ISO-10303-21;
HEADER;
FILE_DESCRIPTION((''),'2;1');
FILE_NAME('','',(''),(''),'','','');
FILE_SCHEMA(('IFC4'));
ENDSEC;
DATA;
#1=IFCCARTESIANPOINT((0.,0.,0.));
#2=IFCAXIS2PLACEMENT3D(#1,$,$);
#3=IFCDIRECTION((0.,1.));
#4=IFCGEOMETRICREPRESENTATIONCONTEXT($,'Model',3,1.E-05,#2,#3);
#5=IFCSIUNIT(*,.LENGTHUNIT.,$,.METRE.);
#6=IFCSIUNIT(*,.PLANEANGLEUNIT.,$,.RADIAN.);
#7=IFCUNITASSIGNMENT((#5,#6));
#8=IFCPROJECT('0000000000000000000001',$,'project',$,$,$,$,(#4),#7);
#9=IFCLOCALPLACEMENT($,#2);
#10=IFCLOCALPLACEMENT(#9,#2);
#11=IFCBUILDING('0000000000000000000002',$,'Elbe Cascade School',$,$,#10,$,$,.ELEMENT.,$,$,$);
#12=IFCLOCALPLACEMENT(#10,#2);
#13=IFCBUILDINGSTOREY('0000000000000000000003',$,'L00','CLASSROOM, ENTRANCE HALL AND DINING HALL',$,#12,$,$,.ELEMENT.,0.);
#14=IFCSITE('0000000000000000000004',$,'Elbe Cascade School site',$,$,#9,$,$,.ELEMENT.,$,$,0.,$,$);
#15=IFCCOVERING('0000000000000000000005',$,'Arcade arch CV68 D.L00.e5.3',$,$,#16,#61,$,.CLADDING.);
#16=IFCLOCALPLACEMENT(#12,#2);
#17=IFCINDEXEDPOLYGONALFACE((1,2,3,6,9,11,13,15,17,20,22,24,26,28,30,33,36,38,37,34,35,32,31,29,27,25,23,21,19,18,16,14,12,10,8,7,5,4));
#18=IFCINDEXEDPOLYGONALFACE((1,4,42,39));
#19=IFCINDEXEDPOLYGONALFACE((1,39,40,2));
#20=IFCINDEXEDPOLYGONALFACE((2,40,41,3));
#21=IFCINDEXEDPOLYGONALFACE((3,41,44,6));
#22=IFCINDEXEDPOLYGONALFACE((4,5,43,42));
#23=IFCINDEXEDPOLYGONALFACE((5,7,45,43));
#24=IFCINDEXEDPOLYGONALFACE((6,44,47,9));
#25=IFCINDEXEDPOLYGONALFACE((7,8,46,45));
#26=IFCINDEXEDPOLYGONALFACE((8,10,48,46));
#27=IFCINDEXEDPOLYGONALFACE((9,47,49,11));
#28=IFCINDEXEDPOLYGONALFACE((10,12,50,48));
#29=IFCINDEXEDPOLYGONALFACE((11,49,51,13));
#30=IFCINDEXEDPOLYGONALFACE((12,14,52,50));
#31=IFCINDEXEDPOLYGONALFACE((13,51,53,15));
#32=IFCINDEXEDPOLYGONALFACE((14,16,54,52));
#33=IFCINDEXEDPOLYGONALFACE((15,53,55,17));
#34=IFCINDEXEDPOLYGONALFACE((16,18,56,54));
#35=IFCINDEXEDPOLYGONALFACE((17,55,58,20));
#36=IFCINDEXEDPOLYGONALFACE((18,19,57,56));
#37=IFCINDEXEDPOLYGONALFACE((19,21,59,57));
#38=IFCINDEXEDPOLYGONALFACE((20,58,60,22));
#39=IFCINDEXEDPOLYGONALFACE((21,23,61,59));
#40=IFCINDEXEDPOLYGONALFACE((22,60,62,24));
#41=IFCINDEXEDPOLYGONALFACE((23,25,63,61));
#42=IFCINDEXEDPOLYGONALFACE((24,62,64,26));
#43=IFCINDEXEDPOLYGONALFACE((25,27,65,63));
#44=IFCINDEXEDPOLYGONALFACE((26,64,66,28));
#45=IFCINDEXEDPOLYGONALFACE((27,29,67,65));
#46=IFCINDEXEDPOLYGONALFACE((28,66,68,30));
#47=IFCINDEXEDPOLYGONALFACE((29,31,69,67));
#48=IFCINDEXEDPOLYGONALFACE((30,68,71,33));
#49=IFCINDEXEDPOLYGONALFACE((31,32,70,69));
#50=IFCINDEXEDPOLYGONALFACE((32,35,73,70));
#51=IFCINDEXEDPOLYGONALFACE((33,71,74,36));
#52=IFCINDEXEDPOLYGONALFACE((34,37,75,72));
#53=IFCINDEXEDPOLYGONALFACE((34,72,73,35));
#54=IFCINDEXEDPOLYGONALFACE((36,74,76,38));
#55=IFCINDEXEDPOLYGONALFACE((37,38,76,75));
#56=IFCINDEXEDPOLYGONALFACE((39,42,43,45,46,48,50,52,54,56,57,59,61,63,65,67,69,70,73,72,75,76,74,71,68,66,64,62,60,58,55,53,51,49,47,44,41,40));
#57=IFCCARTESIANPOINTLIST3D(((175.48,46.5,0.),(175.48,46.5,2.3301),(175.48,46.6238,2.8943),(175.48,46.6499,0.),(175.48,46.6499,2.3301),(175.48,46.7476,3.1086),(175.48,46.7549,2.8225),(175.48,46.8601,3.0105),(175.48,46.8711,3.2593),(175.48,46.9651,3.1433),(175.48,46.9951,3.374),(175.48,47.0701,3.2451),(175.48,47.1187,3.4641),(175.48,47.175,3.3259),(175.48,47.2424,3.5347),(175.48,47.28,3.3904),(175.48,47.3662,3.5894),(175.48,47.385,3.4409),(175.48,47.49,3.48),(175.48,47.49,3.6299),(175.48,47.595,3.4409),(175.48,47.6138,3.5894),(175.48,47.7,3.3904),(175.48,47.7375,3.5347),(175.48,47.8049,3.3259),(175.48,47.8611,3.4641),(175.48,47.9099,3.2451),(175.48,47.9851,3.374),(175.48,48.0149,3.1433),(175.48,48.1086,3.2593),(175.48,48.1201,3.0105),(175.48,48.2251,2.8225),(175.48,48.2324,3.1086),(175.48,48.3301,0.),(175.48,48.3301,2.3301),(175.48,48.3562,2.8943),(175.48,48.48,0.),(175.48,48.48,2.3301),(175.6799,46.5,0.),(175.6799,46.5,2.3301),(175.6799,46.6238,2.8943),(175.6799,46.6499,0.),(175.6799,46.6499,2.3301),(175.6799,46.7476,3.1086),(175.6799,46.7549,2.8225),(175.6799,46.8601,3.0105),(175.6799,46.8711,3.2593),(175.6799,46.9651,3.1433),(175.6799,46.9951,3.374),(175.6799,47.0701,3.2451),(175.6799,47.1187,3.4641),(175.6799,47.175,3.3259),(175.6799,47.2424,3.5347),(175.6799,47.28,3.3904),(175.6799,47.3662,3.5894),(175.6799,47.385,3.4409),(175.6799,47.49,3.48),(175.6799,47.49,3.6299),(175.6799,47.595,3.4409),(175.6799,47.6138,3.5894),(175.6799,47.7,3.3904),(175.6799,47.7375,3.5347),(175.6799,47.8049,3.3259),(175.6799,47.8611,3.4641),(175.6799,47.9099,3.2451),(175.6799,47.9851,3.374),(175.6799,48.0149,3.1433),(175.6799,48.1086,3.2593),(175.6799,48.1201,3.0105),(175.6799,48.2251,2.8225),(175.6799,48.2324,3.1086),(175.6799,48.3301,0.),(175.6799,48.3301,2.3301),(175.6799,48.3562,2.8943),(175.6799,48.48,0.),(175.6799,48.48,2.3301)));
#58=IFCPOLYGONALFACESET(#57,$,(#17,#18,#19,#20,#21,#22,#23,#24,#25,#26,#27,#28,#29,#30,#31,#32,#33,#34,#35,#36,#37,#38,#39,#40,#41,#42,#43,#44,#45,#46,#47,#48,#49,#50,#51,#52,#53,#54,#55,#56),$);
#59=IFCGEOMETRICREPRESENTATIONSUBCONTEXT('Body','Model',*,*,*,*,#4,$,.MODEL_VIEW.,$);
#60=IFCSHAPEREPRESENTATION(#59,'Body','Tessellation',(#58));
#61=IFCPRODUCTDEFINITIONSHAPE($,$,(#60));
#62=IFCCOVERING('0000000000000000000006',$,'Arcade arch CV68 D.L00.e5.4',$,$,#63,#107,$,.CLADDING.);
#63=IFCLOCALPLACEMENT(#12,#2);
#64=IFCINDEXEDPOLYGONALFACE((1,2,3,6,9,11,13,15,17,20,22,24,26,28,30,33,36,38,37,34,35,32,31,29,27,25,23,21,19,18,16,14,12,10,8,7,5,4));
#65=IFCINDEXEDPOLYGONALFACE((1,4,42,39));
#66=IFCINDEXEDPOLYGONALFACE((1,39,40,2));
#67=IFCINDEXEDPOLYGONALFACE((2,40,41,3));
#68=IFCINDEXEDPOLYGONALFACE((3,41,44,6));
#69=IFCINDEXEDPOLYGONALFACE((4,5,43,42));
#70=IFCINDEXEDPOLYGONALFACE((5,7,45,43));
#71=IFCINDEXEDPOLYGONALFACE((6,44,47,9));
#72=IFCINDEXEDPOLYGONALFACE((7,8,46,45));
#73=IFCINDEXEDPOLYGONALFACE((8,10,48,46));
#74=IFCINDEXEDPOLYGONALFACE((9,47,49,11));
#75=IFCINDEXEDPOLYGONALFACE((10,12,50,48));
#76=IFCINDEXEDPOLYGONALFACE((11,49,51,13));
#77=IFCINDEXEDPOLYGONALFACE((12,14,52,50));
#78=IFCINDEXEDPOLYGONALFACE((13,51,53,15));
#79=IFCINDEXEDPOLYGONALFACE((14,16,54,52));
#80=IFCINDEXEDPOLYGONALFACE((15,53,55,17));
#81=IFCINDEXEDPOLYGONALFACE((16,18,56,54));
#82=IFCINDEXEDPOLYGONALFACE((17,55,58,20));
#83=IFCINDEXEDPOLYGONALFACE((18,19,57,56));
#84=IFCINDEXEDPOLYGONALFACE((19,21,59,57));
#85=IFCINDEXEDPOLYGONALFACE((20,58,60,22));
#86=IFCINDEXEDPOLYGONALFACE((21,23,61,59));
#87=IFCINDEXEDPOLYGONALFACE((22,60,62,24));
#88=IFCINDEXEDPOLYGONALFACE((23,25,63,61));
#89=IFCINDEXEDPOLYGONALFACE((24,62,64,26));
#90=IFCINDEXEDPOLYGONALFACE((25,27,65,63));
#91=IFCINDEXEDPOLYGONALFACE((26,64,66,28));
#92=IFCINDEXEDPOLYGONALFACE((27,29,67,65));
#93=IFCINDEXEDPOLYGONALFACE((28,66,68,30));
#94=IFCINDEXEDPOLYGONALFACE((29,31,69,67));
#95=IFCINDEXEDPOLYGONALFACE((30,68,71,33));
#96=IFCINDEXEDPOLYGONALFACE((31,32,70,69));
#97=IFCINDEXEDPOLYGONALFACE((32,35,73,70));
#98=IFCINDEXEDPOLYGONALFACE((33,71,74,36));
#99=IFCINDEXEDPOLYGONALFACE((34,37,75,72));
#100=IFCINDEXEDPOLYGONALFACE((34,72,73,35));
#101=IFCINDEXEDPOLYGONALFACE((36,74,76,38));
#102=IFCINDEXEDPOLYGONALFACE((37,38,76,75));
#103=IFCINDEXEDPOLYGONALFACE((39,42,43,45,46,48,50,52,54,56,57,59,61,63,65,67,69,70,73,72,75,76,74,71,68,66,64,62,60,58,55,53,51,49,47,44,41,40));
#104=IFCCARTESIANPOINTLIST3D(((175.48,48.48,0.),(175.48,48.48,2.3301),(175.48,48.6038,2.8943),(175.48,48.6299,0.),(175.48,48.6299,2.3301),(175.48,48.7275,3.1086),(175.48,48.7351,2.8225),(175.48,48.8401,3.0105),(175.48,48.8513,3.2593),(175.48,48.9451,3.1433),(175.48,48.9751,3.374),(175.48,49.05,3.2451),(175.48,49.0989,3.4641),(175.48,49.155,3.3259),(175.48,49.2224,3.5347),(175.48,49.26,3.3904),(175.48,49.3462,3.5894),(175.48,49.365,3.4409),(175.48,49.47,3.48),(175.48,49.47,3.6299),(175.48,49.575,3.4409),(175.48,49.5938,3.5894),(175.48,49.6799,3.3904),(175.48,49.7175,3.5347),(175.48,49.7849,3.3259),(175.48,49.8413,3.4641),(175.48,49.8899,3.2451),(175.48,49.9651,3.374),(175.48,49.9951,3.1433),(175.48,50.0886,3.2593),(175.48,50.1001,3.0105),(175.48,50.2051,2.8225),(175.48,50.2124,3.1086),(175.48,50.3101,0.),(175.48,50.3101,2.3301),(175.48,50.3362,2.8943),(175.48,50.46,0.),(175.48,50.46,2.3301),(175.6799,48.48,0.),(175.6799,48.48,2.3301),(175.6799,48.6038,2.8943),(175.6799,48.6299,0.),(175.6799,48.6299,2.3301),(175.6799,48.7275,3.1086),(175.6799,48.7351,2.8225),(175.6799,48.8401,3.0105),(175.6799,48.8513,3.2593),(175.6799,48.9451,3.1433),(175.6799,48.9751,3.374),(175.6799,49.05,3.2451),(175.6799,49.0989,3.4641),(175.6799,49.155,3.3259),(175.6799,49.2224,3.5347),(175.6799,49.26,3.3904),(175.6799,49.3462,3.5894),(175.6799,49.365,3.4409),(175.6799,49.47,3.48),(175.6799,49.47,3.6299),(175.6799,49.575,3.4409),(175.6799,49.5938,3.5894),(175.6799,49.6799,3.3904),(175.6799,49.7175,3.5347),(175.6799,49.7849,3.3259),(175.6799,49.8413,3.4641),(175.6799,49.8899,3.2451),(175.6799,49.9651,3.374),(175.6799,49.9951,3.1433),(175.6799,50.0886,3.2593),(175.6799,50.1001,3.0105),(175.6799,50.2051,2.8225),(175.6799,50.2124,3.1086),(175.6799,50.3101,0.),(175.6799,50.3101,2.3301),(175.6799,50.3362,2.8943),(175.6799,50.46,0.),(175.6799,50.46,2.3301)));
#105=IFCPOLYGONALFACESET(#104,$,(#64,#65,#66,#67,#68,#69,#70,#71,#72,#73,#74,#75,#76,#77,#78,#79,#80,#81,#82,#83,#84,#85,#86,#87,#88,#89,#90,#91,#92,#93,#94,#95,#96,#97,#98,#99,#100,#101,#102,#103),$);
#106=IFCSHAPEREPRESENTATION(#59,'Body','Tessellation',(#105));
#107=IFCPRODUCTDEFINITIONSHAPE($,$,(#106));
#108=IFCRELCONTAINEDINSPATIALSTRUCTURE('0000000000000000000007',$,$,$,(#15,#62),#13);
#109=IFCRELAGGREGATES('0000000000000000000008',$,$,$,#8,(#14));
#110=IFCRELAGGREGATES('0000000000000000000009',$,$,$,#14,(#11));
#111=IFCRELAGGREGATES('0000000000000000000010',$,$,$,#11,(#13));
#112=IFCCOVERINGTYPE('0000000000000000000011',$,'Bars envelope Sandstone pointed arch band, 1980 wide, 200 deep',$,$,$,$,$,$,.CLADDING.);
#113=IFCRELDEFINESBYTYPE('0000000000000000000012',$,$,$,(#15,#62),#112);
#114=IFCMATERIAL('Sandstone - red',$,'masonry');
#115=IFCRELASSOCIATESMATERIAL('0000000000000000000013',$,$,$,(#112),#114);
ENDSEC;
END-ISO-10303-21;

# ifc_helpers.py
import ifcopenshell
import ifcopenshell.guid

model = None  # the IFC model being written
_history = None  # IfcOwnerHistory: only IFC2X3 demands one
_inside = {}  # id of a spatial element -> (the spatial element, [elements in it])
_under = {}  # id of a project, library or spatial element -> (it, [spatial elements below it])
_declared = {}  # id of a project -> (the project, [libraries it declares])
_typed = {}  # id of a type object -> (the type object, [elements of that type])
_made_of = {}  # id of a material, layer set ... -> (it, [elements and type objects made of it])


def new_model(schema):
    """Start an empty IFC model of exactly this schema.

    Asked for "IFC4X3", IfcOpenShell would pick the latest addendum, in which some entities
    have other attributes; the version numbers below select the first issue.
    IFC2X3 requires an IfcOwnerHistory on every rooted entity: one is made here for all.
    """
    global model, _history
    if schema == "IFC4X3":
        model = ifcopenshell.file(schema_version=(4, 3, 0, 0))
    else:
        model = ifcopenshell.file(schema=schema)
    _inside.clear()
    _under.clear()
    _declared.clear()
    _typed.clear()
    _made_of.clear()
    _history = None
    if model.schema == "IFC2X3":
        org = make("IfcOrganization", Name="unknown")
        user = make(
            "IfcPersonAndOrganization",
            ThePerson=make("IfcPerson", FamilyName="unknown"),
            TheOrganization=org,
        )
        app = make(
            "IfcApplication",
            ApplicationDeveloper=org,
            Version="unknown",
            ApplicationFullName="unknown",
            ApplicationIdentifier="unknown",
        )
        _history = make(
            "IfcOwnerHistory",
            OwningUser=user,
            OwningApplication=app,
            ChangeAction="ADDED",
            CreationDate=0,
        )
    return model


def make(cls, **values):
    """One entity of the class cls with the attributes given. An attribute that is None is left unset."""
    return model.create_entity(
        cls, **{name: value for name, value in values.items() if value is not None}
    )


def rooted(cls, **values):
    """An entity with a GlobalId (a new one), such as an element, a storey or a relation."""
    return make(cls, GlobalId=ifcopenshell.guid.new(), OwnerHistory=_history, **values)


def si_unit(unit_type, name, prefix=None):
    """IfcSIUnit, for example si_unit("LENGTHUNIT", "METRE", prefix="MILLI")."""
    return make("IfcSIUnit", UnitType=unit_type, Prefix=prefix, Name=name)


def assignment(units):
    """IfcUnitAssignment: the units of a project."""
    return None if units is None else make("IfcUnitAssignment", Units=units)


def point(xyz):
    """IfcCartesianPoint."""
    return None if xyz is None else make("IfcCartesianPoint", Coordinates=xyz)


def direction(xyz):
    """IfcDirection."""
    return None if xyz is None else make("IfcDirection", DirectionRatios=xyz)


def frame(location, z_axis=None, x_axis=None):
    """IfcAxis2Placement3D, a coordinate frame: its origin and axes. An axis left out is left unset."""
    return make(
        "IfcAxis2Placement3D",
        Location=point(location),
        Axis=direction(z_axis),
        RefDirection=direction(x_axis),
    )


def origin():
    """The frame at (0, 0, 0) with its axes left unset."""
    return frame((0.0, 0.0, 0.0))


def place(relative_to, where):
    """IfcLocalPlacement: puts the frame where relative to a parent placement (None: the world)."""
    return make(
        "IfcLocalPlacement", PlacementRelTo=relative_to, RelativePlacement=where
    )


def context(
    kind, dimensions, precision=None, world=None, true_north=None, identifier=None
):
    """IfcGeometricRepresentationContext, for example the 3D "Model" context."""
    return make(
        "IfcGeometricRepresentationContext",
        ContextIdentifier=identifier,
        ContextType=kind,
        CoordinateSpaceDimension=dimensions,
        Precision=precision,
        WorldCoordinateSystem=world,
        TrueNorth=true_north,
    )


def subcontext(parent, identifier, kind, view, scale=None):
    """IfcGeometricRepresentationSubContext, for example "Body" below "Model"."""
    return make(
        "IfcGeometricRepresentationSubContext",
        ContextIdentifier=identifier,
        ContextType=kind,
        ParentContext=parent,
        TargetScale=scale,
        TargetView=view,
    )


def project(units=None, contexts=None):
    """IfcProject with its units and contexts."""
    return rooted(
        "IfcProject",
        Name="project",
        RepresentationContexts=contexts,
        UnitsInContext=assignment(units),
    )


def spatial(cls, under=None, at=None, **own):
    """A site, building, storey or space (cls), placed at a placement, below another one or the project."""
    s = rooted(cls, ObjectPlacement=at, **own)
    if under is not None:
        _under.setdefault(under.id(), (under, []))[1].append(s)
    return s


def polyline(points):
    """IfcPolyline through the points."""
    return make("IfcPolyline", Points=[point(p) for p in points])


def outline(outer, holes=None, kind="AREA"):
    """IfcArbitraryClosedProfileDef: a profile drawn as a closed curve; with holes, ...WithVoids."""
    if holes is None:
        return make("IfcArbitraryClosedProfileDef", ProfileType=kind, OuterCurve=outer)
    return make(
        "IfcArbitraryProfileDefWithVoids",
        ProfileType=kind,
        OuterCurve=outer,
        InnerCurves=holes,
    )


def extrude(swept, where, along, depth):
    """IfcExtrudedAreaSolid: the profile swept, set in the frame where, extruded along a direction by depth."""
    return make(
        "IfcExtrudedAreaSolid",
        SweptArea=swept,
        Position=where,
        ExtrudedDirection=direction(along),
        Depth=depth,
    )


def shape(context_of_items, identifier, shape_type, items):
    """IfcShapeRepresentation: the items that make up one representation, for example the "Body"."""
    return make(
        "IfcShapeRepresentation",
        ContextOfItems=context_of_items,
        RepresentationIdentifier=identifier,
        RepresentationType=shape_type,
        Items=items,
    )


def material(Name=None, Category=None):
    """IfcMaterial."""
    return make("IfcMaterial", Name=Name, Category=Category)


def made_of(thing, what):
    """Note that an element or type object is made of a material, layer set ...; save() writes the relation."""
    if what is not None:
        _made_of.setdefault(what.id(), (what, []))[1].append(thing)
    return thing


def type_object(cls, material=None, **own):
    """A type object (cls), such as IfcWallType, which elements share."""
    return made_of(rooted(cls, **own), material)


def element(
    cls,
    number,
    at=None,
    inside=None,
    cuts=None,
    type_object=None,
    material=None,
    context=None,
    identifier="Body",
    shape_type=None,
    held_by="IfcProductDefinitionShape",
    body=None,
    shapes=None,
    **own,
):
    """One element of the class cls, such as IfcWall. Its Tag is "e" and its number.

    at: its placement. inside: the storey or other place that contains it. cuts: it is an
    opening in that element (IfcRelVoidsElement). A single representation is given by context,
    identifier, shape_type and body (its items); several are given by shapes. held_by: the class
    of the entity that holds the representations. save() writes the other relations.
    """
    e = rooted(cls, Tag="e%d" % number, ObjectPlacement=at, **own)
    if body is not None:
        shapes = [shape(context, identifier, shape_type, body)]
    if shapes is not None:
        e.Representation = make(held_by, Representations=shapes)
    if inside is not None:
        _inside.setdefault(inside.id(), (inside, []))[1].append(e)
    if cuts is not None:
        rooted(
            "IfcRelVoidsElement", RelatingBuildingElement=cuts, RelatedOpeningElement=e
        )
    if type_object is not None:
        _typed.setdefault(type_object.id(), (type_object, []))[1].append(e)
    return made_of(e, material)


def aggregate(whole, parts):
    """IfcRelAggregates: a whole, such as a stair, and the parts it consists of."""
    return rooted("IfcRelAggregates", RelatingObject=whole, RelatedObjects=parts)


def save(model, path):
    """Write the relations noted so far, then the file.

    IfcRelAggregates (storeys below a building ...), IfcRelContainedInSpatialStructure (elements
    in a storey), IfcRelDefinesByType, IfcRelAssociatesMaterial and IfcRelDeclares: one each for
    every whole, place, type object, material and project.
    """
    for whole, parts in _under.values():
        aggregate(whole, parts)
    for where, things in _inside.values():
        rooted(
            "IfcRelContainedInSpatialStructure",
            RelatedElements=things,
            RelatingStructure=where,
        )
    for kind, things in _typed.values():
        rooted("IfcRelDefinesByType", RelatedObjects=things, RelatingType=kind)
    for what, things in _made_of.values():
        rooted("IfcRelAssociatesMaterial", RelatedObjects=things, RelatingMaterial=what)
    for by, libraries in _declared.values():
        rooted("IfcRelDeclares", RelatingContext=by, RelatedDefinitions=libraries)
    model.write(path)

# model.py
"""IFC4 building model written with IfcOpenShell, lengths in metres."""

from ifc_helpers import new_model, si_unit, direction, frame, origin, place, context, subcontext, project, spatial, polyline, outline, extrude, material, type_object, element, save


model = new_model("IFC4")

# Units and contexts
model_context = context("Model", 3, precision=1e-05, world=origin(), true_north=direction((0.0, 1.0)))
body_context = subcontext(model_context, "Body", "Model", "MODEL_VIEW")
ifc_project = project(units=[si_unit("LENGTHUNIT", "METRE"), si_unit("PLANEANGLEUNIT", "RADIAN")], contexts=[model_context])

# Site, building, storey
site_placement = place(None, origin())
site = spatial("IfcSite", under=ifc_project, at=site_placement, Name="Elbe Cascade School site", CompositionType="ELEMENT", RefElevation=0.0)
building_placement = place(site_placement, origin())
building = spatial("IfcBuilding", under=site, at=building_placement, Name="Elbe Cascade School", CompositionType="ELEMENT")
storey_placement = place(building_placement, origin())
storey = spatial("IfcBuildingStorey", under=building, at=storey_placement, Name="L00", Description="CLASSROOM, ENTRANCE HALL AND DINING HALL", CompositionType="ELEMENT", Elevation=0.0)

# Coverings
ifc_material_1 = material(Name="Sandstone - red", Category="masonry")
covering_type_1 = type_object("IfcCoveringType", Name="Bars envelope Sandstone pointed arch band, 1980 wide, 200 deep", PredefinedType="CLADDING", material=ifc_material_1)
covering_1_placement = place(storey_placement, frame((175.6799, 46.6499, 0.0), z_axis=(1.0, 0.0, 0.0), x_axis=(0.0, 0.0, 1.0)))
element("IfcCovering", 1, at=covering_1_placement, inside=storey, type_object=covering_type_1, Name="Arcade arch CV68 D.L00.e5.3", PredefinedType="CLADDING", context=body_context, shape_type="SweptSolid", body=[
    extrude(outline(polyline([(0.0, 0.0), (2.3301, 0.0), (2.8225, -0.105), (3.0105, -0.2102), (3.1433, -0.3152), (3.2451, -0.4202), (3.3259, -0.5251), (3.3904, -0.6301), (3.4409, -0.7351), (3.48, -0.8401), (3.4409, -0.9451), (3.3904, -1.05), (3.3259, -1.155), (3.2451, -1.26), (3.1433, -1.365), (3.0105, -1.4702), (2.8225, -1.5752), (2.3301, -1.6802), (0.0, -1.6802), (0.0, -1.8301), (2.3301, -1.8301), (2.8943, -1.7063), (3.1086, -1.5825), (3.2593, -1.4587), (3.374, -1.3352), (3.4641, -1.2112), (3.5347, -1.0876), (3.5894, -0.9639), (3.6299, -0.8401), (3.5894, -0.7163), (3.5347, -0.5925), (3.4641, -0.4688), (3.374, -0.3452), (3.2593, -0.2212), (3.1086, -0.0977), (2.8943, 0.0261), (2.3301, 0.1499), (0.0, 0.1499), (0.0, 0.0)])), origin(), (0.0, 0.0, -1.0), 0.2),
])
covering_2_placement = place(storey_placement, frame((175.6799, 48.6299, 0.0), z_axis=(1.0, 0.0, 0.0), x_axis=(0.0, 0.0, 1.0)))
element("IfcCovering", 2, at=covering_2_placement, inside=storey, type_object=covering_type_1, Name="Arcade arch CV68 D.L00.e5.4", PredefinedType="CLADDING", context=body_context, shape_type="SweptSolid", body=[
    extrude(outline(polyline([(0.0, 0.0), (2.3301, 0.0), (2.8225, -0.1052), (3.0105, -0.2102), (3.1433, -0.3152), (3.2451, -0.4202), (3.3259, -0.5251), (3.3904, -0.6301), (3.4409, -0.7351), (3.48, -0.8401), (3.4409, -0.9451), (3.3904, -1.05), (3.3259, -1.155), (3.2451, -1.26), (3.1433, -1.3652), (3.0105, -1.4702), (2.8225, -1.5752), (2.3301, -1.6802), (0.0, -1.6802), (0.0, -1.8301), (2.3301, -1.8301), (2.8943, -1.7063), (3.1086, -1.5825), (3.2593, -1.4587), (3.374, -1.3352), (3.4641, -1.2114), (3.5347, -1.0876), (3.5894, -0.9639), (3.6299, -0.8401), (3.5894, -0.7163), (3.5347, -0.5925), (3.4641, -0.469), (3.374, -0.3452), (3.2593, -0.2214), (3.1086, -0.0977), (2.8943, 0.0261), (2.3301, 0.1499), (0.0, 0.1499), (0.0, 0.0)])), origin(), (0.0, 0.0, -1.0), 0.2),
])

save(model, "model.ifc")
